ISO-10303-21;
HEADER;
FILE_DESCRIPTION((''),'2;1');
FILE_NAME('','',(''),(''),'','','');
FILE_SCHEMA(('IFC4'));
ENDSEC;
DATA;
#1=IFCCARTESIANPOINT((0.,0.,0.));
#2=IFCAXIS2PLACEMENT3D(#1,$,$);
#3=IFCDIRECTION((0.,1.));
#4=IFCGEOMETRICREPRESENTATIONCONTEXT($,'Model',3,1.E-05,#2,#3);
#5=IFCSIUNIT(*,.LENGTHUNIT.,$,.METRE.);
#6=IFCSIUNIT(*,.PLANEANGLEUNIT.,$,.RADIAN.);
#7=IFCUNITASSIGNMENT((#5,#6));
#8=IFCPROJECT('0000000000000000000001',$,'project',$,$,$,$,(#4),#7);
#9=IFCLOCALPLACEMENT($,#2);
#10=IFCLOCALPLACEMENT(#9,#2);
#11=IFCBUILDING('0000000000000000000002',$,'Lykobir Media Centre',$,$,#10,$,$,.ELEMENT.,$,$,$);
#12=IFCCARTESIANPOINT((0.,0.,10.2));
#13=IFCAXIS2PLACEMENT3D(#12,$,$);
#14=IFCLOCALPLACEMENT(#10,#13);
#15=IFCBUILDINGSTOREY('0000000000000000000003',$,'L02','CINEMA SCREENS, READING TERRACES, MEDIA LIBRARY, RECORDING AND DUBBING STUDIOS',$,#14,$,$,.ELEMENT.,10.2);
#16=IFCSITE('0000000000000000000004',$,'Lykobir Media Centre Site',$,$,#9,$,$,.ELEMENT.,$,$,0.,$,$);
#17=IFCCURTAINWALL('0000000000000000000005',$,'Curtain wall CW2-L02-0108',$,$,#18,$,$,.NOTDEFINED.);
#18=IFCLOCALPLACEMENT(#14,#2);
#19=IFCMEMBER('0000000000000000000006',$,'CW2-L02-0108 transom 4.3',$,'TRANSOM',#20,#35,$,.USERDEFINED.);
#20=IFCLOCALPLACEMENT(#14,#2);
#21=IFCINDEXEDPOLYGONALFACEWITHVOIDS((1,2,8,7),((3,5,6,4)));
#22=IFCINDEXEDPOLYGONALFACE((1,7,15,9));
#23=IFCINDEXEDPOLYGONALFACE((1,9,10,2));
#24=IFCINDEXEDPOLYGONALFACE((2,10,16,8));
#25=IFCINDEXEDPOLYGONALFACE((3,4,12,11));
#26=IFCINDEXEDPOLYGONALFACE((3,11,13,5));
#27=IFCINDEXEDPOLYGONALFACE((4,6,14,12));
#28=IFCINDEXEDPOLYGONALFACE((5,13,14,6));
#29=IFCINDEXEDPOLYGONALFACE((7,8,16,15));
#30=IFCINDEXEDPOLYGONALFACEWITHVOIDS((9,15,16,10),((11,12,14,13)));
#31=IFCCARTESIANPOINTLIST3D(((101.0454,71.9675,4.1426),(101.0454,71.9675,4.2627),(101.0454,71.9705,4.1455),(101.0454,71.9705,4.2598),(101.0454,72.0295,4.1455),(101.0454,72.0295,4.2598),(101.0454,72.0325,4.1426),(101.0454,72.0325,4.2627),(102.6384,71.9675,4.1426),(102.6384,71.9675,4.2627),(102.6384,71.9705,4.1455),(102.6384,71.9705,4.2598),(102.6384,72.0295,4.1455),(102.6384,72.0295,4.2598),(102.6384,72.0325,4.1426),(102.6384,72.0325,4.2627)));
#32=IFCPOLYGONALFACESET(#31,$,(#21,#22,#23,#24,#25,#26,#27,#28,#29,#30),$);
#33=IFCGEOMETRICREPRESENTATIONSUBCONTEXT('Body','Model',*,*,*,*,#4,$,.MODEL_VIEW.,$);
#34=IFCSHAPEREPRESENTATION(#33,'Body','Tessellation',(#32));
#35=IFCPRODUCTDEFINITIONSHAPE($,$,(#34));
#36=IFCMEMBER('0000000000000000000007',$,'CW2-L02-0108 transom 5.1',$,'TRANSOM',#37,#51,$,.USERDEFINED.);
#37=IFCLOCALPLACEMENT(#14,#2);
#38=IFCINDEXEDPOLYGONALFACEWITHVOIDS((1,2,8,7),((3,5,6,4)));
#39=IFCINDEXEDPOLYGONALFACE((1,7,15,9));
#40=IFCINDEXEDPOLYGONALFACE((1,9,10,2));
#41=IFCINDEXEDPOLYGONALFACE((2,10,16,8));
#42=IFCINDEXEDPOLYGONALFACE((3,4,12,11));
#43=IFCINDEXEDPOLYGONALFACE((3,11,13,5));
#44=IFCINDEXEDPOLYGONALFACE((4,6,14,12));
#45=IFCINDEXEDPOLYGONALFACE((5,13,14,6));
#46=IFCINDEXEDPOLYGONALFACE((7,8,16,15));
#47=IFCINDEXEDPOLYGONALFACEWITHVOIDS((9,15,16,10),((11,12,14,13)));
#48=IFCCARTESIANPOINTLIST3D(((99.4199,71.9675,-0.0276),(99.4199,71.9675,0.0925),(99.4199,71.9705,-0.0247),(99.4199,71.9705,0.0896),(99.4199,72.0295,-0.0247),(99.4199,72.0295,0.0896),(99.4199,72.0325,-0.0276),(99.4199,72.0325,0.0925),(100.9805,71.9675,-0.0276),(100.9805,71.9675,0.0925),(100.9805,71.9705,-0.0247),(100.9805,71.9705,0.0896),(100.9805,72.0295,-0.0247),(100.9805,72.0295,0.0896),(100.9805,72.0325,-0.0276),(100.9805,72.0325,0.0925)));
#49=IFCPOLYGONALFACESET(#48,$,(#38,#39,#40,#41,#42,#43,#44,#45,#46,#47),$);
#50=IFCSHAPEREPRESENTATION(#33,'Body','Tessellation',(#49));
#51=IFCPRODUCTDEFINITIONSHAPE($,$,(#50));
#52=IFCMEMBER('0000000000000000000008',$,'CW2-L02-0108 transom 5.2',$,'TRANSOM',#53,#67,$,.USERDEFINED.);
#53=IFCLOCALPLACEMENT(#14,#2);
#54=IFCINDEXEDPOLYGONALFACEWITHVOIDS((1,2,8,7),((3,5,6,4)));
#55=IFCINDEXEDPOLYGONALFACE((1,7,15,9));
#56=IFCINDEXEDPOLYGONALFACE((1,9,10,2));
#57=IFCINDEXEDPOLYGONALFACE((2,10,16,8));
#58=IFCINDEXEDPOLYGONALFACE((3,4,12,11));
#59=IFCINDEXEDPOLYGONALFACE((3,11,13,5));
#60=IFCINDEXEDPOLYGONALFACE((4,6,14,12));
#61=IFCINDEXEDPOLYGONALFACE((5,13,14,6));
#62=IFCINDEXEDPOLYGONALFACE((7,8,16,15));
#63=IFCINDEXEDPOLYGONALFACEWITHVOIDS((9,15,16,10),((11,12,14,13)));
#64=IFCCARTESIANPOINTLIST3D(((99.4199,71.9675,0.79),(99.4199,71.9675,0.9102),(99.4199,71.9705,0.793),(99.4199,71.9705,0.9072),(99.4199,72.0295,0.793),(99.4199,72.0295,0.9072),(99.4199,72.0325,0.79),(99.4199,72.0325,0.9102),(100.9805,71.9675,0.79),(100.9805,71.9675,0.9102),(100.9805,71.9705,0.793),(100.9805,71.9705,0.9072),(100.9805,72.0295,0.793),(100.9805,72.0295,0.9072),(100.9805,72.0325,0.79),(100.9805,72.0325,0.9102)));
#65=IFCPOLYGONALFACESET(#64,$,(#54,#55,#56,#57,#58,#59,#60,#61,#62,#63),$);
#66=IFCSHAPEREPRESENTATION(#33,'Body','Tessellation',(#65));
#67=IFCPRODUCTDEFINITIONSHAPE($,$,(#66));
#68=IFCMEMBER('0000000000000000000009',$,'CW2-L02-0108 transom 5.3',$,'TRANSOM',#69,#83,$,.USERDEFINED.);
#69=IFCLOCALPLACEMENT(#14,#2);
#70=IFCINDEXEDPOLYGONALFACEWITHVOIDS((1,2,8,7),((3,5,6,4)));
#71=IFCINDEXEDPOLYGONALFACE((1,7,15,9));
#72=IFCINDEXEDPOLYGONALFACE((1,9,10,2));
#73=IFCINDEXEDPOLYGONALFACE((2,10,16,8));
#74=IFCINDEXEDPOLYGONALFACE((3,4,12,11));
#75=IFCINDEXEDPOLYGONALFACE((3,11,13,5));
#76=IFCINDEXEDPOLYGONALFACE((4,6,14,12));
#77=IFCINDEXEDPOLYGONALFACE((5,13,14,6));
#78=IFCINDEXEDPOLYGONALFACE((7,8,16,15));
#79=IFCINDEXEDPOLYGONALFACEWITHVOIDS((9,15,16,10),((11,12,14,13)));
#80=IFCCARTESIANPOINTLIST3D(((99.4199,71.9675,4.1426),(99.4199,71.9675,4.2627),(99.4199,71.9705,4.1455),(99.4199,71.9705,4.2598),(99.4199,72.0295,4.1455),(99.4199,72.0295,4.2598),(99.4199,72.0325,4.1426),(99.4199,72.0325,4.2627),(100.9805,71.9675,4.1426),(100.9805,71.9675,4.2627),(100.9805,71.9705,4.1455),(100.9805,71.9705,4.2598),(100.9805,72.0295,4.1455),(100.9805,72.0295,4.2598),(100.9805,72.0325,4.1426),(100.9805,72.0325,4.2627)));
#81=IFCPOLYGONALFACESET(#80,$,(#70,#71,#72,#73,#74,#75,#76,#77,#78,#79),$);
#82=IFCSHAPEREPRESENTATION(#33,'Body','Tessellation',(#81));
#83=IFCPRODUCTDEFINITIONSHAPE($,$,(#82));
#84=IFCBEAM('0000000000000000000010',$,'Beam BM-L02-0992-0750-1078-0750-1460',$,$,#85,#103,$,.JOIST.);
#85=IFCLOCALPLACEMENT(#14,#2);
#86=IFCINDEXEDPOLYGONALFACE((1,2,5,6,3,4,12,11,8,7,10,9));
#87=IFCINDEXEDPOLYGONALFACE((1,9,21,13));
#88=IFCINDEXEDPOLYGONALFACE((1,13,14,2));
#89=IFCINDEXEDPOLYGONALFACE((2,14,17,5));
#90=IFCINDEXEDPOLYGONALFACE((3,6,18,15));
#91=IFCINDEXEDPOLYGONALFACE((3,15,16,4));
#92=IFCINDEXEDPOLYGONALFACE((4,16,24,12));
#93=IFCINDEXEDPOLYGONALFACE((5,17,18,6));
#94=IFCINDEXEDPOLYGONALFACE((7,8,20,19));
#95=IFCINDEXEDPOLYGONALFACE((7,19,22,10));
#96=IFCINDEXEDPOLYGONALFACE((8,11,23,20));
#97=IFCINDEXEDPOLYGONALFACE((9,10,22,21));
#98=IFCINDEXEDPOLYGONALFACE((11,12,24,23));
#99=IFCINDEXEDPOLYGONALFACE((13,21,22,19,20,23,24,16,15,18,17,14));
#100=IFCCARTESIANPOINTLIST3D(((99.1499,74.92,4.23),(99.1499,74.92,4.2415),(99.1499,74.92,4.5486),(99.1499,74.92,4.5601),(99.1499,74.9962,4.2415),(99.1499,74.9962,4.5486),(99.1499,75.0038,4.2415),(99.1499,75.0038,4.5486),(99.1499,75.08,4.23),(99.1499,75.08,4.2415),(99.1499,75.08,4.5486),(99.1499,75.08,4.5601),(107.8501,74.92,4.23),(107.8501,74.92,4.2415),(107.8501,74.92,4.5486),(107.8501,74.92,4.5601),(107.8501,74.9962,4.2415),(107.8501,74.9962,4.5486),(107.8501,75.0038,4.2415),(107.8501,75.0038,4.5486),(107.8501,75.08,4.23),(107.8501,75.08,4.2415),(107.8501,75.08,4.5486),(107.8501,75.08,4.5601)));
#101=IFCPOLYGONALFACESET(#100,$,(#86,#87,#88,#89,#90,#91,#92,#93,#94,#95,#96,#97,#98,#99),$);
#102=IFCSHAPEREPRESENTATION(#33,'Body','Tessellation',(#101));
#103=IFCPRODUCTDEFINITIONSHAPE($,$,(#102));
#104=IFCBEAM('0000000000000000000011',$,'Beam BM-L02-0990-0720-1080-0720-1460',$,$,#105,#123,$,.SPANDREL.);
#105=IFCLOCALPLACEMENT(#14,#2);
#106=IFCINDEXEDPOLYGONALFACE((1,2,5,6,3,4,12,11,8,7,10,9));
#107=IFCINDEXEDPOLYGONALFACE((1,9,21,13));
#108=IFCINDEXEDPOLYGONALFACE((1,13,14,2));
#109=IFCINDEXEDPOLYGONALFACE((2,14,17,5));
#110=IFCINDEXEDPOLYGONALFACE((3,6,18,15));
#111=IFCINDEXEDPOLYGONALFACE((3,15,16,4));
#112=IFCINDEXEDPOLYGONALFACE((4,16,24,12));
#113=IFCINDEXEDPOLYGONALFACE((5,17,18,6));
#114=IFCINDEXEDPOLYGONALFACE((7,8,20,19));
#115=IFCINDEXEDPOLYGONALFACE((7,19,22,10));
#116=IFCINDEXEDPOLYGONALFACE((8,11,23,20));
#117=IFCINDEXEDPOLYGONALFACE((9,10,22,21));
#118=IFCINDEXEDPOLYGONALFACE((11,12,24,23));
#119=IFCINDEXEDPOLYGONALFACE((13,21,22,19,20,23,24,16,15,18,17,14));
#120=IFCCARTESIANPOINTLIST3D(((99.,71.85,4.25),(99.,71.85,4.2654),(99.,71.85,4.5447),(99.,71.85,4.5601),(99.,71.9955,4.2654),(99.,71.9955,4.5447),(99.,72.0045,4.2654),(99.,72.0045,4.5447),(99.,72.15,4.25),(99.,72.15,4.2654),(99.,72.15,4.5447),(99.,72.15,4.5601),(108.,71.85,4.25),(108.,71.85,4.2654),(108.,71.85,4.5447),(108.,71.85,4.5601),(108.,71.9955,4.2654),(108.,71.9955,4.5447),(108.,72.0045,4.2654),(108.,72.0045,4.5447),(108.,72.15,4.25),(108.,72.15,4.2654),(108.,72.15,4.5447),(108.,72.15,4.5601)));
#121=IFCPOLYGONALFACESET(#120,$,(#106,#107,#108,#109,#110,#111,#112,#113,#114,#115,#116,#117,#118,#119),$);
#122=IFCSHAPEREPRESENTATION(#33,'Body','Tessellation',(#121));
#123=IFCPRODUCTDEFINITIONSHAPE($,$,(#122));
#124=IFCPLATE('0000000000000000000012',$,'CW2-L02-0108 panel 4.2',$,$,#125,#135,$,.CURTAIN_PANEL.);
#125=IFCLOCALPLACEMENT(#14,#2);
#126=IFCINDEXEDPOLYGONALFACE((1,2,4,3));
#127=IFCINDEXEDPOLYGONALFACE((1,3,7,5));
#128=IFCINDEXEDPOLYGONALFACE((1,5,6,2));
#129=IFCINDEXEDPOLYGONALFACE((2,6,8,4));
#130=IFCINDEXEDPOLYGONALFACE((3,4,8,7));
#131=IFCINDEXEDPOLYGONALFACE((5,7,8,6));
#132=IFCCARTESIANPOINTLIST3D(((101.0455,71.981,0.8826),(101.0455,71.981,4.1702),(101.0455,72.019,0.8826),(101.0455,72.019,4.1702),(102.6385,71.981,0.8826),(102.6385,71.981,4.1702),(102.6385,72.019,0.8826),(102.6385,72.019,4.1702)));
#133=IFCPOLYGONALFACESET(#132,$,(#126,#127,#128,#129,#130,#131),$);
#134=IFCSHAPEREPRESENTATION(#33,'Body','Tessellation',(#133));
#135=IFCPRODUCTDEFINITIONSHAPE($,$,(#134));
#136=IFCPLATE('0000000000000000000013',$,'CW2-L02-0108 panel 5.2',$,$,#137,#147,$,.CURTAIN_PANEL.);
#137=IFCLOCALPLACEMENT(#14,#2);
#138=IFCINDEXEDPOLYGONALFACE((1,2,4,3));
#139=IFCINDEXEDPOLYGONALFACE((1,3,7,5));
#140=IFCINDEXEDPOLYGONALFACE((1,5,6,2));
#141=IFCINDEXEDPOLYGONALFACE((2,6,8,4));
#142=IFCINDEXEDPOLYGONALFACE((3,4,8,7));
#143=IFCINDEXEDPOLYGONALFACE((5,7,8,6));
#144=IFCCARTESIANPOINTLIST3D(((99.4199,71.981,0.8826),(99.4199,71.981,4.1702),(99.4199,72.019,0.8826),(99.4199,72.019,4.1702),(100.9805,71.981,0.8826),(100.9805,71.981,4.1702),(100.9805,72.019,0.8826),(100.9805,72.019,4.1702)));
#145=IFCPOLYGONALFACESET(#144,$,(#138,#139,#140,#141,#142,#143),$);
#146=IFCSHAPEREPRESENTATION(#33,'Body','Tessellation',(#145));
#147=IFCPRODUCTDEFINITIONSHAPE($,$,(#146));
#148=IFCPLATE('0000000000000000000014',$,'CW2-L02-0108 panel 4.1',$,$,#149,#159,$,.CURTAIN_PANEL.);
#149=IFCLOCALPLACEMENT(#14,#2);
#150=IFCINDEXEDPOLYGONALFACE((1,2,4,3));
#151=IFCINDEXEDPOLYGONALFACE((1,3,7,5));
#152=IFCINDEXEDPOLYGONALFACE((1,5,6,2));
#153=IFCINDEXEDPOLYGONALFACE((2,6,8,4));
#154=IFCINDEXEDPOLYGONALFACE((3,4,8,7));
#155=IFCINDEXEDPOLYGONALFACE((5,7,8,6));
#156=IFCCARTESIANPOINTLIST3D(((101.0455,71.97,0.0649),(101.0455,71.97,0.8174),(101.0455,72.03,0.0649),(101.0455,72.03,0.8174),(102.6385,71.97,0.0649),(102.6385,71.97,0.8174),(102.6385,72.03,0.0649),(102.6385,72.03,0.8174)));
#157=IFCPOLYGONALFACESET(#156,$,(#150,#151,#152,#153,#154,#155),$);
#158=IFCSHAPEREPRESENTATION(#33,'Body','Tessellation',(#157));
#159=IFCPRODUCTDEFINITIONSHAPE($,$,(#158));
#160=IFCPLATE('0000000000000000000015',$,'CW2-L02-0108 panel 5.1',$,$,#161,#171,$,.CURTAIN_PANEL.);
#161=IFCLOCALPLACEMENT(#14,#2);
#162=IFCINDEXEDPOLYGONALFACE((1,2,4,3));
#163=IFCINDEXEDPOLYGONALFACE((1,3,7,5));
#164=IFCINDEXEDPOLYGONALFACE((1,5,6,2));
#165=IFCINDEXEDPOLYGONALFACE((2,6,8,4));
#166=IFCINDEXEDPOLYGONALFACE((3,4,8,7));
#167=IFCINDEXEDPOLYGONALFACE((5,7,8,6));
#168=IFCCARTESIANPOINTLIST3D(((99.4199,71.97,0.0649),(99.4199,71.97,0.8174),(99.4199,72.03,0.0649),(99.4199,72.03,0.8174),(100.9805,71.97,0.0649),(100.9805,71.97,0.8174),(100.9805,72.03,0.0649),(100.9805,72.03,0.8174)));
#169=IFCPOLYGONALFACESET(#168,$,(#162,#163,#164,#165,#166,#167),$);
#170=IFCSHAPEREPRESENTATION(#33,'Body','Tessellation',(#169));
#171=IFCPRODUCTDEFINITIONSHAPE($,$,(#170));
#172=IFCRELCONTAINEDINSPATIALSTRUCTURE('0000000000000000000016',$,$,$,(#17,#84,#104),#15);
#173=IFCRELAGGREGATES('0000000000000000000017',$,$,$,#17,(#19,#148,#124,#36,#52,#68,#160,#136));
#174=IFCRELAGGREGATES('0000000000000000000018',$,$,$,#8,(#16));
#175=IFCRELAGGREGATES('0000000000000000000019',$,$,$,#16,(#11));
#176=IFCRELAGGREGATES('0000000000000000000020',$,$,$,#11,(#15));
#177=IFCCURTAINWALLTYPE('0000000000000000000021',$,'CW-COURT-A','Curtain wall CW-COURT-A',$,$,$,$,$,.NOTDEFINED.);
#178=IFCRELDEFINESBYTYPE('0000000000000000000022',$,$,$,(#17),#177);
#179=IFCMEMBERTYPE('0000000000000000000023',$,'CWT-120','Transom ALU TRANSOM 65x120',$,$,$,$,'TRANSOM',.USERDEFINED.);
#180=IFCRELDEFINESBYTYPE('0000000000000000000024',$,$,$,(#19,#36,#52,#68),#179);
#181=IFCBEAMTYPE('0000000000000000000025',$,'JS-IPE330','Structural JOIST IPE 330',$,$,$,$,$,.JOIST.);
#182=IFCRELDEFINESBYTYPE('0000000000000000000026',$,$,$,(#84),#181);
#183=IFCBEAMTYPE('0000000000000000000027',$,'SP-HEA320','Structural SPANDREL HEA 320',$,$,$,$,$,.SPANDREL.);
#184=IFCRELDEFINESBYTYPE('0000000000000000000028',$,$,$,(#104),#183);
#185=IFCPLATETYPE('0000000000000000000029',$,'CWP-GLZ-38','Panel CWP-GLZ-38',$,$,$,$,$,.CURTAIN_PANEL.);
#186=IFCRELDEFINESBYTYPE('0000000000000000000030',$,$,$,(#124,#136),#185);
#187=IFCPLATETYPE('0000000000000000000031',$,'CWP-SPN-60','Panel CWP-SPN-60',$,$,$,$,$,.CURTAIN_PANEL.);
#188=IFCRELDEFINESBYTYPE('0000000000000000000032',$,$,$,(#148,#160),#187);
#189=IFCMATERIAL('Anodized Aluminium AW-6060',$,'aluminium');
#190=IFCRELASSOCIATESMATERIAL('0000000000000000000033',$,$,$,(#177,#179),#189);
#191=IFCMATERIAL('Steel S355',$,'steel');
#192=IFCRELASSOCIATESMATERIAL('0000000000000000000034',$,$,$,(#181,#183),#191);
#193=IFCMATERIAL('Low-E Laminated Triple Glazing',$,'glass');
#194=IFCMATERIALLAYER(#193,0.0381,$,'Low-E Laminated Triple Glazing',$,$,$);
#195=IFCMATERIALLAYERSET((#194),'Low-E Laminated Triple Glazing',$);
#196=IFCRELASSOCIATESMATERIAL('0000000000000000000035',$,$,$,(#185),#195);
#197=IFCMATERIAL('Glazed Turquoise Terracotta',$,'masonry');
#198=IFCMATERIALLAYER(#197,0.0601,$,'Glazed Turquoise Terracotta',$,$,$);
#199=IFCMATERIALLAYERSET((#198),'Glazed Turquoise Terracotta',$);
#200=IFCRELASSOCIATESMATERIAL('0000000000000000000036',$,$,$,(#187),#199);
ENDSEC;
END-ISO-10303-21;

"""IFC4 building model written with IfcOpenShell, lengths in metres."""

from ifc_helpers import new_model, si_unit, direction, frame, origin, origin_2d, place, context, subcontext, project, spatial, rectangle, hollow_rectangle, i_section, extrude, material, layer, layer_set, material_profile, profile_set, type_object, element, aggregate, save


model = new_model("IFC4")

# Units and contexts
model_context = context("Model", 3, precision=1e-05, world=origin(), true_north=direction((0.0, 1.0)))
body_context = subcontext(model_context, "Body", "Model", "MODEL_VIEW")
ifc_project = project(units=[si_unit("LENGTHUNIT", "METRE"), si_unit("PLANEANGLEUNIT", "RADIAN")], contexts=[model_context])

# Site, building, storey
site_placement = place(None, origin())
site = spatial("IfcSite", under=ifc_project, at=site_placement, Name="Lykobir Media Centre Site", CompositionType="ELEMENT", RefElevation=0.0)
building_placement = place(site_placement, origin())
building = spatial("IfcBuilding", under=site, at=building_placement, Name="Lykobir Media Centre", CompositionType="ELEMENT")
storey_placement = place(building_placement, frame((0.0, 0.0, 10.2)))
storey = spatial("IfcBuildingStorey", under=building, at=storey_placement, Name="L02", Description="CINEMA SCREENS, READING TERRACES, MEDIA LIBRARY, RECORDING AND DUBBING STUDIOS", CompositionType="ELEMENT", Elevation=10.2)

# Shared definitions
ifc_material_1 = material(Name="Steel S355", Category="steel")

# Shared definitions
ifc_material_2 = material(Name="Anodized Aluminium AW-6060", Category="aluminium")
curtain_wall_type = type_object("IfcCurtainWallType", Name="CW-COURT-A", Description="Curtain wall CW-COURT-A", PredefinedType="NOTDEFINED", material=ifc_material_2)

# Curtain wall
curtain_wall_1_placement = place(storey_placement, origin())
curtain_wall_1 = element("IfcCurtainWall", 1, at=curtain_wall_1_placement, inside=storey, type_object=curtain_wall_type, Name="Curtain wall CW2-L02-0108", PredefinedType="NOTDEFINED")

# Members
ifc_material_profile_1 = material_profile(ifc_material_2, hollow_rectangle(XDim=0.0649, YDim=0.1201, WallThickness=0.0029, at=origin_2d()), Name="ALU TRANSOM 65x120")
ifc_profile_set_1 = profile_set([ifc_material_profile_1], Name="Anodized Aluminium AW-6060")
member_type_1 = type_object("IfcMemberType", Name="CWT-120", Description="Transom ALU TRANSOM 65x120", ElementType="TRANSOM", PredefinedType="USERDEFINED", material=ifc_profile_set_1)
member_1_placement = place(storey_placement, frame((102.6384, 72.0, 4.2026), z_axis=(-1.0, 0.0, 0.0), x_axis=(0.0, -1.0, 0.0)))
member_1 = element("IfcMember", 2, at=member_1_placement, type_object=member_type_1, Name="CW2-L02-0108 transom 4.3", ObjectType="TRANSOM", PredefinedType="USERDEFINED", context=body_context, shape_type="SweptSolid", body=[
    extrude(hollow_rectangle(XDim=0.0649, YDim=0.1201, WallThickness=0.0029, at=origin_2d()), origin(), (0.0, 0.0, 1.0), 1.593),
])
member_2_placement = place(storey_placement, frame((100.9805, 72.0, 0.0325), z_axis=(-1.0, 0.0, 0.0), x_axis=(0.0, -1.0, 0.0)))
member_2 = element("IfcMember", 3, at=member_2_placement, type_object=member_type_1, Name="CW2-L02-0108 transom 5.1", ObjectType="TRANSOM", PredefinedType="USERDEFINED", context=body_context, shape_type="SweptSolid", body=[
    extrude(hollow_rectangle(XDim=0.0649, YDim=0.1201, WallThickness=0.0029, at=origin_2d()), origin(), (0.0, 0.0, 1.0), 1.5605),
])
member_3_placement = place(storey_placement, frame((100.9805, 72.0, 0.8501), z_axis=(-1.0, 0.0, 0.0), x_axis=(0.0, -1.0, 0.0)))
member_3 = element("IfcMember", 4, at=member_3_placement, type_object=member_type_1, Name="CW2-L02-0108 transom 5.2", ObjectType="TRANSOM", PredefinedType="USERDEFINED", context=body_context, shape_type="SweptSolid", body=[
    extrude(hollow_rectangle(XDim=0.0649, YDim=0.1201, WallThickness=0.0029, at=origin_2d()), origin(), (0.0, 0.0, 1.0), 1.5605),
])
member_4_placement = place(storey_placement, frame((100.9805, 72.0, 4.2026), z_axis=(-1.0, 0.0, 0.0), x_axis=(0.0, -1.0, 0.0)))
member_4 = element("IfcMember", 5, at=member_4_placement, type_object=member_type_1, Name="CW2-L02-0108 transom 5.3", ObjectType="TRANSOM", PredefinedType="USERDEFINED", context=body_context, shape_type="SweptSolid", body=[
    extrude(hollow_rectangle(XDim=0.0649, YDim=0.1201, WallThickness=0.0029, at=origin_2d()), origin(), (0.0, 0.0, 1.0), 1.5605),
])

# Beams
ifc_material_profile_2 = material_profile(ifc_material_1, i_section(OverallWidth=0.1599, OverallDepth=0.3301, WebThickness=0.0076, FlangeThickness=0.0115, at=origin_2d()), Name="IPE 330")
ifc_profile_set_2 = profile_set([ifc_material_profile_2], Name="Steel S355")
beam_type_1 = type_object("IfcBeamType", Name="JS-IPE330", Description="Structural JOIST IPE 330", PredefinedType="JOIST", material=ifc_profile_set_2)
beam_1_placement = place(storey_placement, frame((99.1499, 75.0, 4.395), z_axis=(1.0, 0.0, 0.0), x_axis=(0.0, 1.0, 0.0)))
element("IfcBeam", 6, at=beam_1_placement, inside=storey, type_object=beam_type_1, Name="Beam BM-L02-0992-0750-1078-0750-1460", PredefinedType="JOIST", context=body_context, shape_type="SweptSolid", body=[
    extrude(i_section(OverallWidth=0.1599, OverallDepth=0.3301, WebThickness=0.0076, FlangeThickness=0.0115, at=origin_2d()), origin(), (0.0, 0.0, 1.0), 8.7002),
])
ifc_material_profile_3 = material_profile(ifc_material_1, i_section(OverallWidth=0.3, OverallDepth=0.3101, WebThickness=0.009, FlangeThickness=0.0154, at=origin_2d()), Name="HEA 320")
ifc_profile_set_3 = profile_set([ifc_material_profile_3], Name="Steel S355")
beam_type_2 = type_object("IfcBeamType", Name="SP-HEA320", Description="Structural SPANDREL HEA 320", PredefinedType="SPANDREL", material=ifc_profile_set_3)
beam_2_placement = place(storey_placement, frame((99.0, 72.0, 4.405), z_axis=(1.0, 0.0, 0.0), x_axis=(0.0, 1.0, 0.0)))
element("IfcBeam", 7, at=beam_2_placement, inside=storey, type_object=beam_type_2, Name="Beam BM-L02-0990-0720-1080-0720-1460", PredefinedType="SPANDREL", context=body_context, shape_type="SweptSolid", body=[
    extrude(i_section(OverallWidth=0.3, OverallDepth=0.3101, WebThickness=0.009, FlangeThickness=0.0154, at=origin_2d()), origin(), (0.0, 0.0, 1.0), 9.0),
])

# Plates
ifc_material_3 = material(Name="Low-E Laminated Triple Glazing", Category="glass")
ifc_layer_1 = layer(ifc_material_3, 0.0381, Name="Low-E Laminated Triple Glazing")
ifc_layer_set_1 = layer_set([ifc_layer_1], Name="Low-E Laminated Triple Glazing")
plate_type_1 = type_object("IfcPlateType", Name="CWP-GLZ-38", Description="Panel CWP-GLZ-38", PredefinedType="CURTAIN_PANEL", material=ifc_layer_set_1)
plate_1_placement = place(storey_placement, frame((101.842, 72.0, 0.8826), z_axis=(0.0, 0.0, 1.0), x_axis=(-1.0, 0.0, 0.0)))
plate_1 = element("IfcPlate", 8, at=plate_1_placement, type_object=plate_type_1, Name="CW2-L02-0108 panel 4.2", PredefinedType="CURTAIN_PANEL", context=body_context, shape_type="SweptSolid", body=[
    extrude(rectangle(XDim=1.593, YDim=0.0381, at=origin_2d()), origin(), (0.0, 0.0, 1.0), 3.2876),
])
plate_2_placement = place(storey_placement, frame((100.2002, 72.0, 0.8826), z_axis=(0.0, 0.0, 1.0), x_axis=(-1.0, 0.0, 0.0)))
plate_2 = element("IfcPlate", 9, at=plate_2_placement, type_object=plate_type_1, Name="CW2-L02-0108 panel 5.2", PredefinedType="CURTAIN_PANEL", context=body_context, shape_type="SweptSolid", body=[
    extrude(rectangle(XDim=1.5605, YDim=0.0381, at=origin_2d()), origin(), (0.0, 0.0, 1.0), 3.2876),
])
ifc_material_4 = material(Name="Glazed Turquoise Terracotta", Category="masonry")
ifc_layer_2 = layer(ifc_material_4, 0.0601, Name="Glazed Turquoise Terracotta")
ifc_layer_set_2 = layer_set([ifc_layer_2], Name="Glazed Turquoise Terracotta")
plate_type_2 = type_object("IfcPlateType", Name="CWP-SPN-60", Description="Panel CWP-SPN-60", PredefinedType="CURTAIN_PANEL", material=ifc_layer_set_2)
plate_3_placement = place(storey_placement, frame((101.842, 72.0, 0.0649), z_axis=(0.0, 0.0, 1.0), x_axis=(-1.0, 0.0, 0.0)))
plate_3 = element("IfcPlate", 10, at=plate_3_placement, type_object=plate_type_2, Name="CW2-L02-0108 panel 4.1", PredefinedType="CURTAIN_PANEL", context=body_context, shape_type="SweptSolid", body=[
    extrude(rectangle(XDim=1.593, YDim=0.0601, at=origin_2d()), origin(), (0.0, 0.0, 1.0), 0.7524),
])
plate_4_placement = place(storey_placement, frame((100.2002, 72.0, 0.0649), z_axis=(0.0, 0.0, 1.0), x_axis=(-1.0, 0.0, 0.0)))
plate_4 = element("IfcPlate", 11, at=plate_4_placement, type_object=plate_type_2, Name="CW2-L02-0108 panel 5.1", PredefinedType="CURTAIN_PANEL", context=body_context, shape_type="SweptSolid", body=[
    extrude(rectangle(XDim=1.5605, YDim=0.0601, at=origin_2d()), origin(), (0.0, 0.0, 1.0), 0.7524),
])
aggregate(curtain_wall_1, [member_1, plate_3, plate_1, member_2, member_3, member_4, plate_4, plate_2])

save(model, "model.ifc")
